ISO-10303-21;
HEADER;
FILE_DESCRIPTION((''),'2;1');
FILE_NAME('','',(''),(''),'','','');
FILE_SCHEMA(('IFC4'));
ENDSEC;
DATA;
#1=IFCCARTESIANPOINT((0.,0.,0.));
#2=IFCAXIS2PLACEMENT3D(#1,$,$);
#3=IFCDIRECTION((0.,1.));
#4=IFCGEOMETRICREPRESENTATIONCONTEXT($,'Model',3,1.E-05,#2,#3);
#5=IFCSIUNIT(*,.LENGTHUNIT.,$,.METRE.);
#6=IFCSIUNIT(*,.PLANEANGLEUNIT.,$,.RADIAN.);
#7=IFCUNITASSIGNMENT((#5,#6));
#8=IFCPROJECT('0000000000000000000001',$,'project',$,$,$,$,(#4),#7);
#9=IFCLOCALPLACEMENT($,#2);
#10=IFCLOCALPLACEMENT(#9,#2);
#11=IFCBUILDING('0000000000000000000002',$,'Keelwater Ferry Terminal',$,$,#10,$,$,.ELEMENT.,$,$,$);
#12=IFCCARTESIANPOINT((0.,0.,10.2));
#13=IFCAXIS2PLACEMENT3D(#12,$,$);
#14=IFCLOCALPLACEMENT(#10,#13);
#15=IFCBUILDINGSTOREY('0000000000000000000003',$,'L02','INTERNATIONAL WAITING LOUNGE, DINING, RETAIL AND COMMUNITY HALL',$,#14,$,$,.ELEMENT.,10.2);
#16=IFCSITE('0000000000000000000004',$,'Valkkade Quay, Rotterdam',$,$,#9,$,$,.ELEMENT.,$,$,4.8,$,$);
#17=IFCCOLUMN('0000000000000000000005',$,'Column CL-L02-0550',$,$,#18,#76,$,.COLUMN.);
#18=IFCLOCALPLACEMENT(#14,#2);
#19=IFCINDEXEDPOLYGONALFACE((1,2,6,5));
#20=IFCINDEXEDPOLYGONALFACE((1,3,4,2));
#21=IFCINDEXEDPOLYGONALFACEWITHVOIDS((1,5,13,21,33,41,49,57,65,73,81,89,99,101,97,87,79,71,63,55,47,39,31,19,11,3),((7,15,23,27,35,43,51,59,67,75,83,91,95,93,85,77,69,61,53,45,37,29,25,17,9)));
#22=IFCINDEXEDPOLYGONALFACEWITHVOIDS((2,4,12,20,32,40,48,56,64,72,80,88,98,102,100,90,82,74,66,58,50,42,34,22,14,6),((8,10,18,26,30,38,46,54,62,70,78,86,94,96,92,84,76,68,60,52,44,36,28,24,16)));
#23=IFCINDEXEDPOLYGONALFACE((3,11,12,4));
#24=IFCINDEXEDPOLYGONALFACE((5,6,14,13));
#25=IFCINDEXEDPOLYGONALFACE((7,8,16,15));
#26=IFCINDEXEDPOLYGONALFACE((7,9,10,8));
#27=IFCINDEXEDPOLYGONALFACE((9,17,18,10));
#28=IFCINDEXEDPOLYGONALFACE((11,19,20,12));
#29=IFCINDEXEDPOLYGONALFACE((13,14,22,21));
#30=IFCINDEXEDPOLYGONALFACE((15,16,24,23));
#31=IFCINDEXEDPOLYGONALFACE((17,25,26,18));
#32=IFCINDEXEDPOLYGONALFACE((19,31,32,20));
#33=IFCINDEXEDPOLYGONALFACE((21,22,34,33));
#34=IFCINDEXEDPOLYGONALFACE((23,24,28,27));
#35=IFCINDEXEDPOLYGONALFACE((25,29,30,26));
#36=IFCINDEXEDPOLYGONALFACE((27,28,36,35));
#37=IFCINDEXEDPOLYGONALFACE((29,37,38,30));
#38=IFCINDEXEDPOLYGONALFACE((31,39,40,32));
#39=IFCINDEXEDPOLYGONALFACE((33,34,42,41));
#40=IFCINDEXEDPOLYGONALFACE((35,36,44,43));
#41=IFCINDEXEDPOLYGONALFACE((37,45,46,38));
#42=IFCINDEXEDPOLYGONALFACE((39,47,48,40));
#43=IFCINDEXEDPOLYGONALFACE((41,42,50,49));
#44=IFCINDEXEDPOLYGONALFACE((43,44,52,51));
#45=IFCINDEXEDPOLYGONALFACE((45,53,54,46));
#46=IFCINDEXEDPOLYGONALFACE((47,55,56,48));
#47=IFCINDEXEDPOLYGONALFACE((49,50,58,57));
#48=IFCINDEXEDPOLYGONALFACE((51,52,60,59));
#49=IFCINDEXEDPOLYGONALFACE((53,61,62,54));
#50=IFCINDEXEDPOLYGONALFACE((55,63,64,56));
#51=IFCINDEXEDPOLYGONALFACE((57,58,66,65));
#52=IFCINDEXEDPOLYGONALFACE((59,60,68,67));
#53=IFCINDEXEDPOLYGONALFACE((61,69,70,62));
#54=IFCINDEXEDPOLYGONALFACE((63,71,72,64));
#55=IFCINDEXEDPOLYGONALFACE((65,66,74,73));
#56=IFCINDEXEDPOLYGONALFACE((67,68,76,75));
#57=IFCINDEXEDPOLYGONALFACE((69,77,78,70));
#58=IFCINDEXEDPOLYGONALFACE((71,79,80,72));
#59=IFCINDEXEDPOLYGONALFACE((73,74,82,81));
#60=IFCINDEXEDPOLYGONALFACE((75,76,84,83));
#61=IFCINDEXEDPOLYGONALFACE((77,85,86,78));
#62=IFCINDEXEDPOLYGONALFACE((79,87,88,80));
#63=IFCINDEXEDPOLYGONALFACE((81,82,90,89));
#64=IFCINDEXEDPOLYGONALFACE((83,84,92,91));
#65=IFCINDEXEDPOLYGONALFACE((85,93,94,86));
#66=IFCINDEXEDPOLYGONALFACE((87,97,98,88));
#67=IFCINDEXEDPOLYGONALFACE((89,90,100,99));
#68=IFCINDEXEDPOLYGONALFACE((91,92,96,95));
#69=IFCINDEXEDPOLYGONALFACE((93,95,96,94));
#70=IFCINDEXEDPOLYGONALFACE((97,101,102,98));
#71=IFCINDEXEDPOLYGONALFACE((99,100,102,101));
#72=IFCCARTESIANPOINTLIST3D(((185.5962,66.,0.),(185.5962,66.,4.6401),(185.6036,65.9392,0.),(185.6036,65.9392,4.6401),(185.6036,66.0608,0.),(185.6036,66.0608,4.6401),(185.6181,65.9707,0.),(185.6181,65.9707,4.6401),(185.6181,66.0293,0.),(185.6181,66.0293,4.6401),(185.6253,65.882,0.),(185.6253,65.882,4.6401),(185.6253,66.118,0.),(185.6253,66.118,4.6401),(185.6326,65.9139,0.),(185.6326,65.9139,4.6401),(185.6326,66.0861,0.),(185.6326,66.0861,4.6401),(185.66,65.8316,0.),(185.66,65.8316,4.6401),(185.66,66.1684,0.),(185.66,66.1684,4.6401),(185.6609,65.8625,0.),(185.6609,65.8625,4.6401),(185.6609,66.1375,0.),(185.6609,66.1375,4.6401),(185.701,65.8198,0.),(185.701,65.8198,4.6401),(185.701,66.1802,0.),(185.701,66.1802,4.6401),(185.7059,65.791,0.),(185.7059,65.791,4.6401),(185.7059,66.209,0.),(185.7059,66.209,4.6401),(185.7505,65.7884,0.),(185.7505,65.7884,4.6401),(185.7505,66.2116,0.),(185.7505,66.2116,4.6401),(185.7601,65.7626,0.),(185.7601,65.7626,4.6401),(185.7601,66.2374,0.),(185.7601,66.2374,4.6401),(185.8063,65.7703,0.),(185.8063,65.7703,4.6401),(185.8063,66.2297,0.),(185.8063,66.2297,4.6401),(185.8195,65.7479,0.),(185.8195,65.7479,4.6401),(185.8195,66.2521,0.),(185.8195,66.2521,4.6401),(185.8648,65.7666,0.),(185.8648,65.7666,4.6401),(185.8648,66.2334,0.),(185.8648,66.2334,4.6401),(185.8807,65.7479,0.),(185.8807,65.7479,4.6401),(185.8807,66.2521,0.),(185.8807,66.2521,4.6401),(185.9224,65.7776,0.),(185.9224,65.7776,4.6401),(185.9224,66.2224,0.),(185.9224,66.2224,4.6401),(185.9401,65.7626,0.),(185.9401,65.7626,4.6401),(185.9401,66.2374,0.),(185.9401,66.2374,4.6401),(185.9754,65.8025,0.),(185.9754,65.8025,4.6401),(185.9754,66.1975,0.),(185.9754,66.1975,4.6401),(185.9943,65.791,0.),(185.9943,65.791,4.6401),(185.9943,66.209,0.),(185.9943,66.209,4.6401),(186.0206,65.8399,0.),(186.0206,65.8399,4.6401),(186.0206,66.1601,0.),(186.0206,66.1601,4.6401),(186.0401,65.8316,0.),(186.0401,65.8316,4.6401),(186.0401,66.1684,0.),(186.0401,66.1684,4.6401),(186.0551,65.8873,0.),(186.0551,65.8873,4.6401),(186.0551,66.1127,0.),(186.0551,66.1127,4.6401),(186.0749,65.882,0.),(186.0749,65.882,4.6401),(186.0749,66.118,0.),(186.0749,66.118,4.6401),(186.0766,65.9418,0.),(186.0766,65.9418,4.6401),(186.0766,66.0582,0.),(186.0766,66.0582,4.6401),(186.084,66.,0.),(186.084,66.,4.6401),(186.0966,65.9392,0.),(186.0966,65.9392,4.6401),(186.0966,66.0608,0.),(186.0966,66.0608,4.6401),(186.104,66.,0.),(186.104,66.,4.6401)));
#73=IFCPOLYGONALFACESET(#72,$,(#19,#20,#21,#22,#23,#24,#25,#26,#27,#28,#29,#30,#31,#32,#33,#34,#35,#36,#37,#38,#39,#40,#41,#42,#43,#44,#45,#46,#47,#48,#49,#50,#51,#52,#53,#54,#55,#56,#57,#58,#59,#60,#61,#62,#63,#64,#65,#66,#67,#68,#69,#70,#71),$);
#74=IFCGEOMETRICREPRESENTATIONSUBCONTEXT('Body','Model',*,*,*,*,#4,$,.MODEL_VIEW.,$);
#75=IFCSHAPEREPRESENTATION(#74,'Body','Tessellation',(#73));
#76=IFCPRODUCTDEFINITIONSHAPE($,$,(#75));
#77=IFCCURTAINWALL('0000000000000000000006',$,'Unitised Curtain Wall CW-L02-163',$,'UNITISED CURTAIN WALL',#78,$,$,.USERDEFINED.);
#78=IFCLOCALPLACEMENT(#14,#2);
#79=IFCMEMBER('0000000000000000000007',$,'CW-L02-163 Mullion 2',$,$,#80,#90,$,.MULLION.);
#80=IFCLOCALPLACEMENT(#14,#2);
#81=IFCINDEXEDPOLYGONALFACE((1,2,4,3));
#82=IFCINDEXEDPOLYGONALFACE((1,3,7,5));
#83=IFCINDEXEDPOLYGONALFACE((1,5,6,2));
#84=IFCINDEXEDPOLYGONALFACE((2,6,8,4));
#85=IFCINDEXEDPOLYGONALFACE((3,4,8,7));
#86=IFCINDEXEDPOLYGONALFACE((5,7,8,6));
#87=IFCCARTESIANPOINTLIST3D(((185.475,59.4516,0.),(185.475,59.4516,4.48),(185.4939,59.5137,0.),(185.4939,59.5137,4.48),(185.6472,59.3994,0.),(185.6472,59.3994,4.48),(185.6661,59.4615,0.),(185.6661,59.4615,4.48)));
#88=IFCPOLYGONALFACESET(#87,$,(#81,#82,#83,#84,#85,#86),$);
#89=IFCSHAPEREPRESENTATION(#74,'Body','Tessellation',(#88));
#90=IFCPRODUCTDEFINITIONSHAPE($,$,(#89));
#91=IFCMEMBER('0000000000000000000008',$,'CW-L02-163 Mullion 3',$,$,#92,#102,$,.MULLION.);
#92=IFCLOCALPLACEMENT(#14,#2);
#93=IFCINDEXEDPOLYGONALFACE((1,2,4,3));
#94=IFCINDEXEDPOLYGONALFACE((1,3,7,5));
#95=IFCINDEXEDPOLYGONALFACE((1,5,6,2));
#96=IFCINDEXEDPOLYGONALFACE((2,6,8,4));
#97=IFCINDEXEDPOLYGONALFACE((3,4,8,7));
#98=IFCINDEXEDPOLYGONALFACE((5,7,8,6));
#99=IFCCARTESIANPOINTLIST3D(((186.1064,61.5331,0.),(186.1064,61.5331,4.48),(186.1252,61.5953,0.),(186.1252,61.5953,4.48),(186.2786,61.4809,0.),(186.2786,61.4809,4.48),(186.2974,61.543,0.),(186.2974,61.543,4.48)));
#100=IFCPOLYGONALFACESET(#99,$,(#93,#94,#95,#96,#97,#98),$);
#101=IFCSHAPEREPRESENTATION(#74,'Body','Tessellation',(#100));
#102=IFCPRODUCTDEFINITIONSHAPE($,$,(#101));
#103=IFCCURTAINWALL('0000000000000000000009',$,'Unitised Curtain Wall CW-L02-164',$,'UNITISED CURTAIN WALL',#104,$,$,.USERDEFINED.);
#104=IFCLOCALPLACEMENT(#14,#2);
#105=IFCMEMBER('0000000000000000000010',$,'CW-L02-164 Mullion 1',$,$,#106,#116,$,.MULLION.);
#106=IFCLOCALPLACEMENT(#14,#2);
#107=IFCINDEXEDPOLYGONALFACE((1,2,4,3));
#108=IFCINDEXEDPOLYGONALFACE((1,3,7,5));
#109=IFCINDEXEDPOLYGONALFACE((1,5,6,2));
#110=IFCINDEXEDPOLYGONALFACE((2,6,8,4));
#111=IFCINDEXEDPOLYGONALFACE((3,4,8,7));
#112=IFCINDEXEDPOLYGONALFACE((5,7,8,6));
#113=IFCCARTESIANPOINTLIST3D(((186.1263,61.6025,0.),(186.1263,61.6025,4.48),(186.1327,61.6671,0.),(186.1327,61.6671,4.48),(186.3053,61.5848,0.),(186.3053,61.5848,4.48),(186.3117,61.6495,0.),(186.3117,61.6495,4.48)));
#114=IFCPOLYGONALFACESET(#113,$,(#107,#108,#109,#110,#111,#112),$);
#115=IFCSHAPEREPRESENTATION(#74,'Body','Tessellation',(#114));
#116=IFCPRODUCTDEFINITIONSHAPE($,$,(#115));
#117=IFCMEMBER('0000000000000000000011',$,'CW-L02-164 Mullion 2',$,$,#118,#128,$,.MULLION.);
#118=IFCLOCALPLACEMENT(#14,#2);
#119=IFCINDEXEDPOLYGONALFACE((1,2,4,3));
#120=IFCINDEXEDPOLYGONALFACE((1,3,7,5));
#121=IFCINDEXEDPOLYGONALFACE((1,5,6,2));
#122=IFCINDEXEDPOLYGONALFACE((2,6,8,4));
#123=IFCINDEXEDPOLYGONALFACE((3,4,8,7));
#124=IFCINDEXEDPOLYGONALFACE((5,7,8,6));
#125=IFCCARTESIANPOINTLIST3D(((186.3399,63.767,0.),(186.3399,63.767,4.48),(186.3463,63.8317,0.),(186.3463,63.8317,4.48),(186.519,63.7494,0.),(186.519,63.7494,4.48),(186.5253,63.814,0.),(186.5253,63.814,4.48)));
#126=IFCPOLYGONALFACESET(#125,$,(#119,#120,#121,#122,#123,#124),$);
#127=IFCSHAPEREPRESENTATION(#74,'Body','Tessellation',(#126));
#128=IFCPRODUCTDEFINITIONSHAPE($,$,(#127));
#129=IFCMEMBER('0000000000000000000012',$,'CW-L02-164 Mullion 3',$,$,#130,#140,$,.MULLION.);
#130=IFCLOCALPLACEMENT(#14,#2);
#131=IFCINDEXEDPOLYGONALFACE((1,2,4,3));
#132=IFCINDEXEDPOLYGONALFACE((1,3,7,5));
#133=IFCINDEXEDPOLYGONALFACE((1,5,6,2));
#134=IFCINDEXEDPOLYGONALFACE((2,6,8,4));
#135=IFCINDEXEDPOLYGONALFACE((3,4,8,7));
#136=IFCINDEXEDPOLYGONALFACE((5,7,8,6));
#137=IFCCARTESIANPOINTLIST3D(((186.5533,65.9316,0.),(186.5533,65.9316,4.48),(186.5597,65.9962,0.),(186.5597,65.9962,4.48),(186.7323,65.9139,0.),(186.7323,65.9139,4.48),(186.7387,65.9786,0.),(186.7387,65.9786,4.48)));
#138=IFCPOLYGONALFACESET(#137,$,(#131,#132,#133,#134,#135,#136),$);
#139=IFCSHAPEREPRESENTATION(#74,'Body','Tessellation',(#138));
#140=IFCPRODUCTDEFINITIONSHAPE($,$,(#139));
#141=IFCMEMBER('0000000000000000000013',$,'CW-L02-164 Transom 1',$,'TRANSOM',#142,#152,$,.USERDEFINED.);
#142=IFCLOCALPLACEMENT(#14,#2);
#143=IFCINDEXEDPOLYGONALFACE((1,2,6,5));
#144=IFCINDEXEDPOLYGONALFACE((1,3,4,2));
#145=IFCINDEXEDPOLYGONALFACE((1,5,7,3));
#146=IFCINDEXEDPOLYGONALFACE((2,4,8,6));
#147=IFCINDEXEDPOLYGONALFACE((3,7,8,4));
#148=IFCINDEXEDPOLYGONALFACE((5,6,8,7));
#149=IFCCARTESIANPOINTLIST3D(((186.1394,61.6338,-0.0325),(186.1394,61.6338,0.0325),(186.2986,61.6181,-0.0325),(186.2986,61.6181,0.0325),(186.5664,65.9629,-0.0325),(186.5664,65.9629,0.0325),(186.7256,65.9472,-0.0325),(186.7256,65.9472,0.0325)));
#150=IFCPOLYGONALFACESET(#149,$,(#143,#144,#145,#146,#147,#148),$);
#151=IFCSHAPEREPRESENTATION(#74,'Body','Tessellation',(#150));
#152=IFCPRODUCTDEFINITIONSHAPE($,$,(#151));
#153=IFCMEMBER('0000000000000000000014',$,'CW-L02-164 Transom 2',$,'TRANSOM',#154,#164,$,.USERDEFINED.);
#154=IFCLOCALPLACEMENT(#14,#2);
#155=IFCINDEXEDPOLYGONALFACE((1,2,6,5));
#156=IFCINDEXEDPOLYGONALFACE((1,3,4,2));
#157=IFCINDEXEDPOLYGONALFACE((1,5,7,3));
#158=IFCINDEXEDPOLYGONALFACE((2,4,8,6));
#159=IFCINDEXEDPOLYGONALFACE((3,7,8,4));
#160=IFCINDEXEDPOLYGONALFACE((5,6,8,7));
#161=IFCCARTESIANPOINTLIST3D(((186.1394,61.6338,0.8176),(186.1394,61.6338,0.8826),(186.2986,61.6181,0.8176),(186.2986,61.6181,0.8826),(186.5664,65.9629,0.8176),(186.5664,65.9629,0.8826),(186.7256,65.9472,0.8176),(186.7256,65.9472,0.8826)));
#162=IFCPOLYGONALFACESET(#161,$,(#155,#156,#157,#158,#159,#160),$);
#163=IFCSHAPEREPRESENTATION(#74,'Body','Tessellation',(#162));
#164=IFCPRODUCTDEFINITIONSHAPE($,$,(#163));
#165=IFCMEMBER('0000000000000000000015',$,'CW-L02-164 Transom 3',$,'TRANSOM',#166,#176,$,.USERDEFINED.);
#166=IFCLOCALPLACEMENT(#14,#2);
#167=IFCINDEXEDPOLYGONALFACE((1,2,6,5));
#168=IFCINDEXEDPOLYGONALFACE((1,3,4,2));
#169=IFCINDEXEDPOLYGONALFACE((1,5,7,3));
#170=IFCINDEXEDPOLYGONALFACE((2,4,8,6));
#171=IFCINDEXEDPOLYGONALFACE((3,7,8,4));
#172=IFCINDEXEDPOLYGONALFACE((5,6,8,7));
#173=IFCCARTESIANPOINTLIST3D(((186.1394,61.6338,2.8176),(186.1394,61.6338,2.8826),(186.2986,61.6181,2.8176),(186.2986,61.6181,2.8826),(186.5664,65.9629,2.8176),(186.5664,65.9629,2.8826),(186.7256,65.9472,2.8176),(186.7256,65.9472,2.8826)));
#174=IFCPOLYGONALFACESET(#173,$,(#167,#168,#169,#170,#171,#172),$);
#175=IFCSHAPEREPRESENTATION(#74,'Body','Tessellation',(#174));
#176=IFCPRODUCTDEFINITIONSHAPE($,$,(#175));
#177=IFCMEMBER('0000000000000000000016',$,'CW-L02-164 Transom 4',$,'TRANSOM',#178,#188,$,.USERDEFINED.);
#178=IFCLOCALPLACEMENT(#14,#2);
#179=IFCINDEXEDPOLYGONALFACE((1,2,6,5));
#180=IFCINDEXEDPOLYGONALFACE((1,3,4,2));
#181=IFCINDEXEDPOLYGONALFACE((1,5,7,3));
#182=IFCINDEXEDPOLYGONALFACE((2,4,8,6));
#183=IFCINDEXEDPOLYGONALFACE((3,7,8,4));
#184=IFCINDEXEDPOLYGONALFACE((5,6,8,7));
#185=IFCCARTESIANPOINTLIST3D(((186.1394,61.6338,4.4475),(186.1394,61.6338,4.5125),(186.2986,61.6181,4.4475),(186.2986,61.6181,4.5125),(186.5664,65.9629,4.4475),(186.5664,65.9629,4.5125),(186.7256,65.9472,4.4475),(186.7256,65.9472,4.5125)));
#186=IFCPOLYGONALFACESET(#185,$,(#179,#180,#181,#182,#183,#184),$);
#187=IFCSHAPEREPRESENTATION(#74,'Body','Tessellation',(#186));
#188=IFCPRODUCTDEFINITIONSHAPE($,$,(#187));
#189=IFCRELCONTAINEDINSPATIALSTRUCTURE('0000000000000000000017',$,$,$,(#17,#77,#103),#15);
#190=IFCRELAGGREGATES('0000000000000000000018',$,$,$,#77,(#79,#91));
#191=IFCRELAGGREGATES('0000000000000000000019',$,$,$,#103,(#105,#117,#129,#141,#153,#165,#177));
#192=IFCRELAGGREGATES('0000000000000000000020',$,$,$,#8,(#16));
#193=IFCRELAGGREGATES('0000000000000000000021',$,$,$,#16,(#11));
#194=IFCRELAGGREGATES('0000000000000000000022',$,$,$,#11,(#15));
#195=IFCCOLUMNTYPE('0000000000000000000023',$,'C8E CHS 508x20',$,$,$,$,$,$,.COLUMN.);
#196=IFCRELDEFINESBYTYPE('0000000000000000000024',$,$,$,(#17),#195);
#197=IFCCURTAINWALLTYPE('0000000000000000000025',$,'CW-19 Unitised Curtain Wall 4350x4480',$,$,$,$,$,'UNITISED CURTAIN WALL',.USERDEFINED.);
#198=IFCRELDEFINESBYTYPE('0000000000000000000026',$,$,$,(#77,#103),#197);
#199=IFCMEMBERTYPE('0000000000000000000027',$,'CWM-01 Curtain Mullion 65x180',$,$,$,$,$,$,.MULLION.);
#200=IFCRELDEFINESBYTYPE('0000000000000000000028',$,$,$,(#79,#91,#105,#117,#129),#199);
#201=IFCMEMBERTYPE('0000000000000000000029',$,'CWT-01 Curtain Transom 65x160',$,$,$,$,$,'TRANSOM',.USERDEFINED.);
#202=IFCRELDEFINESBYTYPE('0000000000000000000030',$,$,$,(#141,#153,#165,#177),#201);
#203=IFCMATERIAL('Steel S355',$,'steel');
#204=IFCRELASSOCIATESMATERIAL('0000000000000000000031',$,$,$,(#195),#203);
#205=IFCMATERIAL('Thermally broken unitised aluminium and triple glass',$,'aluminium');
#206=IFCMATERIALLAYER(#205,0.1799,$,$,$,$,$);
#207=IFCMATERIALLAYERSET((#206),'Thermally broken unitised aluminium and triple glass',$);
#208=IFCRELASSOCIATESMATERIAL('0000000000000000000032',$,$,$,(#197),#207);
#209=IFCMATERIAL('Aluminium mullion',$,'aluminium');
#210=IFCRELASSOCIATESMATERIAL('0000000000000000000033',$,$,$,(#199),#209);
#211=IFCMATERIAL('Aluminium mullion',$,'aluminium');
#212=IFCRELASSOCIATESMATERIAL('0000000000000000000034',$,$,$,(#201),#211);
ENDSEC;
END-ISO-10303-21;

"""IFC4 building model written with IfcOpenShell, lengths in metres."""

from ifc_helpers import new_model, si_unit, direction, frame, origin, origin_2d, place, context, subcontext, project, spatial, rectangle, hollow_circle, extrude, material, layer, layer_set, material_profile, profile_set, type_object, element, aggregate, save


model = new_model("IFC4")

# Units and contexts
model_context = context("Model", 3, precision=1e-05, world=origin(), true_north=direction((0.0, 1.0)))
body_context = subcontext(model_context, "Body", "Model", "MODEL_VIEW")
ifc_project = project(units=[si_unit("LENGTHUNIT", "METRE"), si_unit("PLANEANGLEUNIT", "RADIAN")], contexts=[model_context])

# Site, building, storey
site_placement = place(None, origin())
site = spatial("IfcSite", under=ifc_project, at=site_placement, Name="Valkkade Quay, Rotterdam", CompositionType="ELEMENT", RefElevation=4.8)
building_placement = place(site_placement, origin())
building = spatial("IfcBuilding", under=site, at=building_placement, Name="Keelwater Ferry Terminal", CompositionType="ELEMENT")
storey_placement = place(building_placement, frame((0.0, 0.0, 10.2)))
storey = spatial("IfcBuildingStorey", under=building, at=storey_placement, Name="L02", Description="INTERNATIONAL WAITING LOUNGE, DINING, RETAIL AND COMMUNITY HALL", CompositionType="ELEMENT", Elevation=10.2)

# Column
ifc_material_1 = material(Name="Steel S355", Category="steel")
ifc_material_profile_1 = material_profile(ifc_material_1, hollow_circle(Radius=0.2539, WallThickness=0.02, at=origin_2d()), Name="CHS 508x20")
ifc_profile_set_1 = profile_set([ifc_material_profile_1], Name="Steel S355")
column_type = type_object("IfcColumnType", Name="C8E CHS 508x20", PredefinedType="COLUMN", material=ifc_profile_set_1)
column_placement = place(storey_placement, frame((185.8501, 66.0, 0.0), z_axis=(0.0, 0.0, 1.0), x_axis=(1.0, 0.0, 0.0)))
element("IfcColumn", 1, at=column_placement, inside=storey, type_object=column_type, Name="Column CL-L02-0550", PredefinedType="COLUMN", context=body_context, shape_type="SweptSolid", body=[
    extrude(hollow_circle(Radius=0.2539, WallThickness=0.02, at=origin_2d()), origin(), (0.0, 0.0, 1.0), 4.6401),
])

# Curtain walls, members
ifc_material_2 = material(Name="Thermally broken unitised aluminium and triple glass", Category="aluminium")
ifc_layer_1 = layer(ifc_material_2, 0.1799)
ifc_layer_set_1 = layer_set([ifc_layer_1], Name="Thermally broken unitised aluminium and triple glass")
curtain_wall_type = type_object("IfcCurtainWallType", Name="CW-19 Unitised Curtain Wall 4350x4480", ElementType="UNITISED CURTAIN WALL", PredefinedType="USERDEFINED", material=ifc_layer_set_1)
curtain_wall_1_placement = place(storey_placement, origin())
curtain_wall_1 = element("IfcCurtainWall", 2, at=curtain_wall_1_placement, inside=storey, type_object=curtain_wall_type, Name="Unitised Curtain Wall CW-L02-163", ObjectType="UNITISED CURTAIN WALL", PredefinedType="USERDEFINED")
ifc_material_3 = material(Name="Aluminium mullion", Category="aluminium")
ifc_material_profile_2 = material_profile(ifc_material_3, rectangle(XDim=0.0649, YDim=0.1799, at=origin_2d()), Name="CWM-01")
ifc_profile_set_2 = profile_set([ifc_material_profile_2], Name="Aluminium mullion")
member_type_1 = type_object("IfcMemberType", Name="CWM-01 Curtain Mullion 65x180", PredefinedType="MULLION", material=ifc_profile_set_2)
member_1_placement = place(storey_placement, frame((185.5706, 59.4565, 0.0), z_axis=(0.0, 0.0, 1.0), x_axis=(0.29032, 0.95693, 0.0)))
member_1 = element("IfcMember", 3, at=member_1_placement, type_object=member_type_1, Name="CW-L02-163 Mullion 2", PredefinedType="MULLION", context=body_context, shape_type="SweptSolid", body=[
    extrude(rectangle(XDim=0.0649, YDim=0.1799, at=origin_2d()), origin(), (0.0, 0.0, 1.0), 4.48),
])
member_2_placement = place(storey_placement, frame((186.2019, 61.5381, 0.0), z_axis=(0.0, 0.0, 1.0), x_axis=(0.29032, 0.95693, 0.0)))
member_2 = element("IfcMember", 4, at=member_2_placement, type_object=member_type_1, Name="CW-L02-163 Mullion 3", PredefinedType="MULLION", context=body_context, shape_type="SweptSolid", body=[
    extrude(rectangle(XDim=0.0649, YDim=0.1799, at=origin_2d()), origin(), (0.0, 0.0, 1.0), 4.48),
])
curtain_wall_2_placement = place(storey_placement, origin())
curtain_wall_2 = element("IfcCurtainWall", 5, at=curtain_wall_2_placement, inside=storey, type_object=curtain_wall_type, Name="Unitised Curtain Wall CW-L02-164", ObjectType="UNITISED CURTAIN WALL", PredefinedType="USERDEFINED")
member_3_placement = place(storey_placement, frame((186.219, 61.626, 0.0), z_axis=(0.0, 0.0, 1.0), x_axis=(0.098161, 0.995171, 0.0)))
member_3 = element("IfcMember", 6, at=member_3_placement, type_object=member_type_1, Name="CW-L02-164 Mullion 1", PredefinedType="MULLION", context=body_context, shape_type="SweptSolid", body=[
    extrude(rectangle(XDim=0.0649, YDim=0.1799, at=origin_2d()), origin(), (0.0, 0.0, 1.0), 4.48),
])
member_4_placement = place(storey_placement, frame((186.4326, 63.7905, 0.0), z_axis=(0.0, 0.0, 1.0), x_axis=(0.098161, 0.995171, 0.0)))
member_4 = element("IfcMember", 7, at=member_4_placement, type_object=member_type_1, Name="CW-L02-164 Mullion 2", PredefinedType="MULLION", context=body_context, shape_type="SweptSolid", body=[
    extrude(rectangle(XDim=0.0649, YDim=0.1799, at=origin_2d()), origin(), (0.0, 0.0, 1.0), 4.48),
])
member_5_placement = place(storey_placement, frame((186.646, 65.9551, 0.0), z_axis=(0.0, 0.0, 1.0), x_axis=(0.098161, 0.995171, 0.0)))
member_5 = element("IfcMember", 8, at=member_5_placement, type_object=member_type_1, Name="CW-L02-164 Mullion 3", PredefinedType="MULLION", context=body_context, shape_type="SweptSolid", body=[
    extrude(rectangle(XDim=0.0649, YDim=0.1799, at=origin_2d()), origin(), (0.0, 0.0, 1.0), 4.48),
])
ifc_material_4 = material(Name="Aluminium mullion", Category="aluminium")
ifc_material_profile_3 = material_profile(ifc_material_4, rectangle(XDim=0.1599, YDim=0.0649, at=origin_2d()), Name="CWT-01")
ifc_profile_set_3 = profile_set([ifc_material_profile_3], Name="Aluminium mullion")
member_type_2 = type_object("IfcMemberType", Name="CWT-01 Curtain Transom 65x160", ElementType="TRANSOM", PredefinedType="USERDEFINED", material=ifc_profile_set_3)
member_6_placement = place(storey_placement, frame((186.219, 61.626, 0.0), z_axis=(0.098159, 0.995171, 0.0), x_axis=(-0.995171, 0.098159, 0.0)))
member_6 = element("IfcMember", 9, at=member_6_placement, type_object=member_type_2, Name="CW-L02-164 Transom 1", ObjectType="TRANSOM", PredefinedType="USERDEFINED", context=body_context, shape_type="SweptSolid", body=[
    extrude(rectangle(XDim=0.1599, YDim=0.0649, at=origin_2d()), origin(), (0.0, 0.0, 1.0), 4.3501),
])
member_7_placement = place(storey_placement, frame((186.219, 61.626, 0.8501), z_axis=(0.098159, 0.995171, 0.0), x_axis=(-0.995171, 0.098159, 0.0)))
member_7 = element("IfcMember", 10, at=member_7_placement, type_object=member_type_2, Name="CW-L02-164 Transom 2", ObjectType="TRANSOM", PredefinedType="USERDEFINED", context=body_context, shape_type="SweptSolid", body=[
    extrude(rectangle(XDim=0.1599, YDim=0.0649, at=origin_2d()), origin(), (0.0, 0.0, 1.0), 4.3501),
])
member_8_placement = place(storey_placement, frame((186.219, 61.626, 2.8501), z_axis=(0.098159, 0.995171, 0.0), x_axis=(-0.995171, 0.098159, 0.0)))
member_8 = element("IfcMember", 11, at=member_8_placement, type_object=member_type_2, Name="CW-L02-164 Transom 3", ObjectType="TRANSOM", PredefinedType="USERDEFINED", context=body_context, shape_type="SweptSolid", body=[
    extrude(rectangle(XDim=0.1599, YDim=0.0649, at=origin_2d()), origin(), (0.0, 0.0, 1.0), 4.3501),
])
member_9_placement = place(storey_placement, frame((186.219, 61.626, 4.48), z_axis=(0.098159, 0.995171, 0.0), x_axis=(-0.995171, 0.098159, 0.0)))
member_9 = element("IfcMember", 12, at=member_9_placement, type_object=member_type_2, Name="CW-L02-164 Transom 4", ObjectType="TRANSOM", PredefinedType="USERDEFINED", context=body_context, shape_type="SweptSolid", body=[
    extrude(rectangle(XDim=0.1599, YDim=0.0649, at=origin_2d()), origin(), (0.0, 0.0, 1.0), 4.3501),
])

aggregate(curtain_wall_1, [member_1, member_2])
aggregate(curtain_wall_2, [member_3, member_4, member_5, member_6, member_7, member_8, member_9])

save(model, "model.ifc")
